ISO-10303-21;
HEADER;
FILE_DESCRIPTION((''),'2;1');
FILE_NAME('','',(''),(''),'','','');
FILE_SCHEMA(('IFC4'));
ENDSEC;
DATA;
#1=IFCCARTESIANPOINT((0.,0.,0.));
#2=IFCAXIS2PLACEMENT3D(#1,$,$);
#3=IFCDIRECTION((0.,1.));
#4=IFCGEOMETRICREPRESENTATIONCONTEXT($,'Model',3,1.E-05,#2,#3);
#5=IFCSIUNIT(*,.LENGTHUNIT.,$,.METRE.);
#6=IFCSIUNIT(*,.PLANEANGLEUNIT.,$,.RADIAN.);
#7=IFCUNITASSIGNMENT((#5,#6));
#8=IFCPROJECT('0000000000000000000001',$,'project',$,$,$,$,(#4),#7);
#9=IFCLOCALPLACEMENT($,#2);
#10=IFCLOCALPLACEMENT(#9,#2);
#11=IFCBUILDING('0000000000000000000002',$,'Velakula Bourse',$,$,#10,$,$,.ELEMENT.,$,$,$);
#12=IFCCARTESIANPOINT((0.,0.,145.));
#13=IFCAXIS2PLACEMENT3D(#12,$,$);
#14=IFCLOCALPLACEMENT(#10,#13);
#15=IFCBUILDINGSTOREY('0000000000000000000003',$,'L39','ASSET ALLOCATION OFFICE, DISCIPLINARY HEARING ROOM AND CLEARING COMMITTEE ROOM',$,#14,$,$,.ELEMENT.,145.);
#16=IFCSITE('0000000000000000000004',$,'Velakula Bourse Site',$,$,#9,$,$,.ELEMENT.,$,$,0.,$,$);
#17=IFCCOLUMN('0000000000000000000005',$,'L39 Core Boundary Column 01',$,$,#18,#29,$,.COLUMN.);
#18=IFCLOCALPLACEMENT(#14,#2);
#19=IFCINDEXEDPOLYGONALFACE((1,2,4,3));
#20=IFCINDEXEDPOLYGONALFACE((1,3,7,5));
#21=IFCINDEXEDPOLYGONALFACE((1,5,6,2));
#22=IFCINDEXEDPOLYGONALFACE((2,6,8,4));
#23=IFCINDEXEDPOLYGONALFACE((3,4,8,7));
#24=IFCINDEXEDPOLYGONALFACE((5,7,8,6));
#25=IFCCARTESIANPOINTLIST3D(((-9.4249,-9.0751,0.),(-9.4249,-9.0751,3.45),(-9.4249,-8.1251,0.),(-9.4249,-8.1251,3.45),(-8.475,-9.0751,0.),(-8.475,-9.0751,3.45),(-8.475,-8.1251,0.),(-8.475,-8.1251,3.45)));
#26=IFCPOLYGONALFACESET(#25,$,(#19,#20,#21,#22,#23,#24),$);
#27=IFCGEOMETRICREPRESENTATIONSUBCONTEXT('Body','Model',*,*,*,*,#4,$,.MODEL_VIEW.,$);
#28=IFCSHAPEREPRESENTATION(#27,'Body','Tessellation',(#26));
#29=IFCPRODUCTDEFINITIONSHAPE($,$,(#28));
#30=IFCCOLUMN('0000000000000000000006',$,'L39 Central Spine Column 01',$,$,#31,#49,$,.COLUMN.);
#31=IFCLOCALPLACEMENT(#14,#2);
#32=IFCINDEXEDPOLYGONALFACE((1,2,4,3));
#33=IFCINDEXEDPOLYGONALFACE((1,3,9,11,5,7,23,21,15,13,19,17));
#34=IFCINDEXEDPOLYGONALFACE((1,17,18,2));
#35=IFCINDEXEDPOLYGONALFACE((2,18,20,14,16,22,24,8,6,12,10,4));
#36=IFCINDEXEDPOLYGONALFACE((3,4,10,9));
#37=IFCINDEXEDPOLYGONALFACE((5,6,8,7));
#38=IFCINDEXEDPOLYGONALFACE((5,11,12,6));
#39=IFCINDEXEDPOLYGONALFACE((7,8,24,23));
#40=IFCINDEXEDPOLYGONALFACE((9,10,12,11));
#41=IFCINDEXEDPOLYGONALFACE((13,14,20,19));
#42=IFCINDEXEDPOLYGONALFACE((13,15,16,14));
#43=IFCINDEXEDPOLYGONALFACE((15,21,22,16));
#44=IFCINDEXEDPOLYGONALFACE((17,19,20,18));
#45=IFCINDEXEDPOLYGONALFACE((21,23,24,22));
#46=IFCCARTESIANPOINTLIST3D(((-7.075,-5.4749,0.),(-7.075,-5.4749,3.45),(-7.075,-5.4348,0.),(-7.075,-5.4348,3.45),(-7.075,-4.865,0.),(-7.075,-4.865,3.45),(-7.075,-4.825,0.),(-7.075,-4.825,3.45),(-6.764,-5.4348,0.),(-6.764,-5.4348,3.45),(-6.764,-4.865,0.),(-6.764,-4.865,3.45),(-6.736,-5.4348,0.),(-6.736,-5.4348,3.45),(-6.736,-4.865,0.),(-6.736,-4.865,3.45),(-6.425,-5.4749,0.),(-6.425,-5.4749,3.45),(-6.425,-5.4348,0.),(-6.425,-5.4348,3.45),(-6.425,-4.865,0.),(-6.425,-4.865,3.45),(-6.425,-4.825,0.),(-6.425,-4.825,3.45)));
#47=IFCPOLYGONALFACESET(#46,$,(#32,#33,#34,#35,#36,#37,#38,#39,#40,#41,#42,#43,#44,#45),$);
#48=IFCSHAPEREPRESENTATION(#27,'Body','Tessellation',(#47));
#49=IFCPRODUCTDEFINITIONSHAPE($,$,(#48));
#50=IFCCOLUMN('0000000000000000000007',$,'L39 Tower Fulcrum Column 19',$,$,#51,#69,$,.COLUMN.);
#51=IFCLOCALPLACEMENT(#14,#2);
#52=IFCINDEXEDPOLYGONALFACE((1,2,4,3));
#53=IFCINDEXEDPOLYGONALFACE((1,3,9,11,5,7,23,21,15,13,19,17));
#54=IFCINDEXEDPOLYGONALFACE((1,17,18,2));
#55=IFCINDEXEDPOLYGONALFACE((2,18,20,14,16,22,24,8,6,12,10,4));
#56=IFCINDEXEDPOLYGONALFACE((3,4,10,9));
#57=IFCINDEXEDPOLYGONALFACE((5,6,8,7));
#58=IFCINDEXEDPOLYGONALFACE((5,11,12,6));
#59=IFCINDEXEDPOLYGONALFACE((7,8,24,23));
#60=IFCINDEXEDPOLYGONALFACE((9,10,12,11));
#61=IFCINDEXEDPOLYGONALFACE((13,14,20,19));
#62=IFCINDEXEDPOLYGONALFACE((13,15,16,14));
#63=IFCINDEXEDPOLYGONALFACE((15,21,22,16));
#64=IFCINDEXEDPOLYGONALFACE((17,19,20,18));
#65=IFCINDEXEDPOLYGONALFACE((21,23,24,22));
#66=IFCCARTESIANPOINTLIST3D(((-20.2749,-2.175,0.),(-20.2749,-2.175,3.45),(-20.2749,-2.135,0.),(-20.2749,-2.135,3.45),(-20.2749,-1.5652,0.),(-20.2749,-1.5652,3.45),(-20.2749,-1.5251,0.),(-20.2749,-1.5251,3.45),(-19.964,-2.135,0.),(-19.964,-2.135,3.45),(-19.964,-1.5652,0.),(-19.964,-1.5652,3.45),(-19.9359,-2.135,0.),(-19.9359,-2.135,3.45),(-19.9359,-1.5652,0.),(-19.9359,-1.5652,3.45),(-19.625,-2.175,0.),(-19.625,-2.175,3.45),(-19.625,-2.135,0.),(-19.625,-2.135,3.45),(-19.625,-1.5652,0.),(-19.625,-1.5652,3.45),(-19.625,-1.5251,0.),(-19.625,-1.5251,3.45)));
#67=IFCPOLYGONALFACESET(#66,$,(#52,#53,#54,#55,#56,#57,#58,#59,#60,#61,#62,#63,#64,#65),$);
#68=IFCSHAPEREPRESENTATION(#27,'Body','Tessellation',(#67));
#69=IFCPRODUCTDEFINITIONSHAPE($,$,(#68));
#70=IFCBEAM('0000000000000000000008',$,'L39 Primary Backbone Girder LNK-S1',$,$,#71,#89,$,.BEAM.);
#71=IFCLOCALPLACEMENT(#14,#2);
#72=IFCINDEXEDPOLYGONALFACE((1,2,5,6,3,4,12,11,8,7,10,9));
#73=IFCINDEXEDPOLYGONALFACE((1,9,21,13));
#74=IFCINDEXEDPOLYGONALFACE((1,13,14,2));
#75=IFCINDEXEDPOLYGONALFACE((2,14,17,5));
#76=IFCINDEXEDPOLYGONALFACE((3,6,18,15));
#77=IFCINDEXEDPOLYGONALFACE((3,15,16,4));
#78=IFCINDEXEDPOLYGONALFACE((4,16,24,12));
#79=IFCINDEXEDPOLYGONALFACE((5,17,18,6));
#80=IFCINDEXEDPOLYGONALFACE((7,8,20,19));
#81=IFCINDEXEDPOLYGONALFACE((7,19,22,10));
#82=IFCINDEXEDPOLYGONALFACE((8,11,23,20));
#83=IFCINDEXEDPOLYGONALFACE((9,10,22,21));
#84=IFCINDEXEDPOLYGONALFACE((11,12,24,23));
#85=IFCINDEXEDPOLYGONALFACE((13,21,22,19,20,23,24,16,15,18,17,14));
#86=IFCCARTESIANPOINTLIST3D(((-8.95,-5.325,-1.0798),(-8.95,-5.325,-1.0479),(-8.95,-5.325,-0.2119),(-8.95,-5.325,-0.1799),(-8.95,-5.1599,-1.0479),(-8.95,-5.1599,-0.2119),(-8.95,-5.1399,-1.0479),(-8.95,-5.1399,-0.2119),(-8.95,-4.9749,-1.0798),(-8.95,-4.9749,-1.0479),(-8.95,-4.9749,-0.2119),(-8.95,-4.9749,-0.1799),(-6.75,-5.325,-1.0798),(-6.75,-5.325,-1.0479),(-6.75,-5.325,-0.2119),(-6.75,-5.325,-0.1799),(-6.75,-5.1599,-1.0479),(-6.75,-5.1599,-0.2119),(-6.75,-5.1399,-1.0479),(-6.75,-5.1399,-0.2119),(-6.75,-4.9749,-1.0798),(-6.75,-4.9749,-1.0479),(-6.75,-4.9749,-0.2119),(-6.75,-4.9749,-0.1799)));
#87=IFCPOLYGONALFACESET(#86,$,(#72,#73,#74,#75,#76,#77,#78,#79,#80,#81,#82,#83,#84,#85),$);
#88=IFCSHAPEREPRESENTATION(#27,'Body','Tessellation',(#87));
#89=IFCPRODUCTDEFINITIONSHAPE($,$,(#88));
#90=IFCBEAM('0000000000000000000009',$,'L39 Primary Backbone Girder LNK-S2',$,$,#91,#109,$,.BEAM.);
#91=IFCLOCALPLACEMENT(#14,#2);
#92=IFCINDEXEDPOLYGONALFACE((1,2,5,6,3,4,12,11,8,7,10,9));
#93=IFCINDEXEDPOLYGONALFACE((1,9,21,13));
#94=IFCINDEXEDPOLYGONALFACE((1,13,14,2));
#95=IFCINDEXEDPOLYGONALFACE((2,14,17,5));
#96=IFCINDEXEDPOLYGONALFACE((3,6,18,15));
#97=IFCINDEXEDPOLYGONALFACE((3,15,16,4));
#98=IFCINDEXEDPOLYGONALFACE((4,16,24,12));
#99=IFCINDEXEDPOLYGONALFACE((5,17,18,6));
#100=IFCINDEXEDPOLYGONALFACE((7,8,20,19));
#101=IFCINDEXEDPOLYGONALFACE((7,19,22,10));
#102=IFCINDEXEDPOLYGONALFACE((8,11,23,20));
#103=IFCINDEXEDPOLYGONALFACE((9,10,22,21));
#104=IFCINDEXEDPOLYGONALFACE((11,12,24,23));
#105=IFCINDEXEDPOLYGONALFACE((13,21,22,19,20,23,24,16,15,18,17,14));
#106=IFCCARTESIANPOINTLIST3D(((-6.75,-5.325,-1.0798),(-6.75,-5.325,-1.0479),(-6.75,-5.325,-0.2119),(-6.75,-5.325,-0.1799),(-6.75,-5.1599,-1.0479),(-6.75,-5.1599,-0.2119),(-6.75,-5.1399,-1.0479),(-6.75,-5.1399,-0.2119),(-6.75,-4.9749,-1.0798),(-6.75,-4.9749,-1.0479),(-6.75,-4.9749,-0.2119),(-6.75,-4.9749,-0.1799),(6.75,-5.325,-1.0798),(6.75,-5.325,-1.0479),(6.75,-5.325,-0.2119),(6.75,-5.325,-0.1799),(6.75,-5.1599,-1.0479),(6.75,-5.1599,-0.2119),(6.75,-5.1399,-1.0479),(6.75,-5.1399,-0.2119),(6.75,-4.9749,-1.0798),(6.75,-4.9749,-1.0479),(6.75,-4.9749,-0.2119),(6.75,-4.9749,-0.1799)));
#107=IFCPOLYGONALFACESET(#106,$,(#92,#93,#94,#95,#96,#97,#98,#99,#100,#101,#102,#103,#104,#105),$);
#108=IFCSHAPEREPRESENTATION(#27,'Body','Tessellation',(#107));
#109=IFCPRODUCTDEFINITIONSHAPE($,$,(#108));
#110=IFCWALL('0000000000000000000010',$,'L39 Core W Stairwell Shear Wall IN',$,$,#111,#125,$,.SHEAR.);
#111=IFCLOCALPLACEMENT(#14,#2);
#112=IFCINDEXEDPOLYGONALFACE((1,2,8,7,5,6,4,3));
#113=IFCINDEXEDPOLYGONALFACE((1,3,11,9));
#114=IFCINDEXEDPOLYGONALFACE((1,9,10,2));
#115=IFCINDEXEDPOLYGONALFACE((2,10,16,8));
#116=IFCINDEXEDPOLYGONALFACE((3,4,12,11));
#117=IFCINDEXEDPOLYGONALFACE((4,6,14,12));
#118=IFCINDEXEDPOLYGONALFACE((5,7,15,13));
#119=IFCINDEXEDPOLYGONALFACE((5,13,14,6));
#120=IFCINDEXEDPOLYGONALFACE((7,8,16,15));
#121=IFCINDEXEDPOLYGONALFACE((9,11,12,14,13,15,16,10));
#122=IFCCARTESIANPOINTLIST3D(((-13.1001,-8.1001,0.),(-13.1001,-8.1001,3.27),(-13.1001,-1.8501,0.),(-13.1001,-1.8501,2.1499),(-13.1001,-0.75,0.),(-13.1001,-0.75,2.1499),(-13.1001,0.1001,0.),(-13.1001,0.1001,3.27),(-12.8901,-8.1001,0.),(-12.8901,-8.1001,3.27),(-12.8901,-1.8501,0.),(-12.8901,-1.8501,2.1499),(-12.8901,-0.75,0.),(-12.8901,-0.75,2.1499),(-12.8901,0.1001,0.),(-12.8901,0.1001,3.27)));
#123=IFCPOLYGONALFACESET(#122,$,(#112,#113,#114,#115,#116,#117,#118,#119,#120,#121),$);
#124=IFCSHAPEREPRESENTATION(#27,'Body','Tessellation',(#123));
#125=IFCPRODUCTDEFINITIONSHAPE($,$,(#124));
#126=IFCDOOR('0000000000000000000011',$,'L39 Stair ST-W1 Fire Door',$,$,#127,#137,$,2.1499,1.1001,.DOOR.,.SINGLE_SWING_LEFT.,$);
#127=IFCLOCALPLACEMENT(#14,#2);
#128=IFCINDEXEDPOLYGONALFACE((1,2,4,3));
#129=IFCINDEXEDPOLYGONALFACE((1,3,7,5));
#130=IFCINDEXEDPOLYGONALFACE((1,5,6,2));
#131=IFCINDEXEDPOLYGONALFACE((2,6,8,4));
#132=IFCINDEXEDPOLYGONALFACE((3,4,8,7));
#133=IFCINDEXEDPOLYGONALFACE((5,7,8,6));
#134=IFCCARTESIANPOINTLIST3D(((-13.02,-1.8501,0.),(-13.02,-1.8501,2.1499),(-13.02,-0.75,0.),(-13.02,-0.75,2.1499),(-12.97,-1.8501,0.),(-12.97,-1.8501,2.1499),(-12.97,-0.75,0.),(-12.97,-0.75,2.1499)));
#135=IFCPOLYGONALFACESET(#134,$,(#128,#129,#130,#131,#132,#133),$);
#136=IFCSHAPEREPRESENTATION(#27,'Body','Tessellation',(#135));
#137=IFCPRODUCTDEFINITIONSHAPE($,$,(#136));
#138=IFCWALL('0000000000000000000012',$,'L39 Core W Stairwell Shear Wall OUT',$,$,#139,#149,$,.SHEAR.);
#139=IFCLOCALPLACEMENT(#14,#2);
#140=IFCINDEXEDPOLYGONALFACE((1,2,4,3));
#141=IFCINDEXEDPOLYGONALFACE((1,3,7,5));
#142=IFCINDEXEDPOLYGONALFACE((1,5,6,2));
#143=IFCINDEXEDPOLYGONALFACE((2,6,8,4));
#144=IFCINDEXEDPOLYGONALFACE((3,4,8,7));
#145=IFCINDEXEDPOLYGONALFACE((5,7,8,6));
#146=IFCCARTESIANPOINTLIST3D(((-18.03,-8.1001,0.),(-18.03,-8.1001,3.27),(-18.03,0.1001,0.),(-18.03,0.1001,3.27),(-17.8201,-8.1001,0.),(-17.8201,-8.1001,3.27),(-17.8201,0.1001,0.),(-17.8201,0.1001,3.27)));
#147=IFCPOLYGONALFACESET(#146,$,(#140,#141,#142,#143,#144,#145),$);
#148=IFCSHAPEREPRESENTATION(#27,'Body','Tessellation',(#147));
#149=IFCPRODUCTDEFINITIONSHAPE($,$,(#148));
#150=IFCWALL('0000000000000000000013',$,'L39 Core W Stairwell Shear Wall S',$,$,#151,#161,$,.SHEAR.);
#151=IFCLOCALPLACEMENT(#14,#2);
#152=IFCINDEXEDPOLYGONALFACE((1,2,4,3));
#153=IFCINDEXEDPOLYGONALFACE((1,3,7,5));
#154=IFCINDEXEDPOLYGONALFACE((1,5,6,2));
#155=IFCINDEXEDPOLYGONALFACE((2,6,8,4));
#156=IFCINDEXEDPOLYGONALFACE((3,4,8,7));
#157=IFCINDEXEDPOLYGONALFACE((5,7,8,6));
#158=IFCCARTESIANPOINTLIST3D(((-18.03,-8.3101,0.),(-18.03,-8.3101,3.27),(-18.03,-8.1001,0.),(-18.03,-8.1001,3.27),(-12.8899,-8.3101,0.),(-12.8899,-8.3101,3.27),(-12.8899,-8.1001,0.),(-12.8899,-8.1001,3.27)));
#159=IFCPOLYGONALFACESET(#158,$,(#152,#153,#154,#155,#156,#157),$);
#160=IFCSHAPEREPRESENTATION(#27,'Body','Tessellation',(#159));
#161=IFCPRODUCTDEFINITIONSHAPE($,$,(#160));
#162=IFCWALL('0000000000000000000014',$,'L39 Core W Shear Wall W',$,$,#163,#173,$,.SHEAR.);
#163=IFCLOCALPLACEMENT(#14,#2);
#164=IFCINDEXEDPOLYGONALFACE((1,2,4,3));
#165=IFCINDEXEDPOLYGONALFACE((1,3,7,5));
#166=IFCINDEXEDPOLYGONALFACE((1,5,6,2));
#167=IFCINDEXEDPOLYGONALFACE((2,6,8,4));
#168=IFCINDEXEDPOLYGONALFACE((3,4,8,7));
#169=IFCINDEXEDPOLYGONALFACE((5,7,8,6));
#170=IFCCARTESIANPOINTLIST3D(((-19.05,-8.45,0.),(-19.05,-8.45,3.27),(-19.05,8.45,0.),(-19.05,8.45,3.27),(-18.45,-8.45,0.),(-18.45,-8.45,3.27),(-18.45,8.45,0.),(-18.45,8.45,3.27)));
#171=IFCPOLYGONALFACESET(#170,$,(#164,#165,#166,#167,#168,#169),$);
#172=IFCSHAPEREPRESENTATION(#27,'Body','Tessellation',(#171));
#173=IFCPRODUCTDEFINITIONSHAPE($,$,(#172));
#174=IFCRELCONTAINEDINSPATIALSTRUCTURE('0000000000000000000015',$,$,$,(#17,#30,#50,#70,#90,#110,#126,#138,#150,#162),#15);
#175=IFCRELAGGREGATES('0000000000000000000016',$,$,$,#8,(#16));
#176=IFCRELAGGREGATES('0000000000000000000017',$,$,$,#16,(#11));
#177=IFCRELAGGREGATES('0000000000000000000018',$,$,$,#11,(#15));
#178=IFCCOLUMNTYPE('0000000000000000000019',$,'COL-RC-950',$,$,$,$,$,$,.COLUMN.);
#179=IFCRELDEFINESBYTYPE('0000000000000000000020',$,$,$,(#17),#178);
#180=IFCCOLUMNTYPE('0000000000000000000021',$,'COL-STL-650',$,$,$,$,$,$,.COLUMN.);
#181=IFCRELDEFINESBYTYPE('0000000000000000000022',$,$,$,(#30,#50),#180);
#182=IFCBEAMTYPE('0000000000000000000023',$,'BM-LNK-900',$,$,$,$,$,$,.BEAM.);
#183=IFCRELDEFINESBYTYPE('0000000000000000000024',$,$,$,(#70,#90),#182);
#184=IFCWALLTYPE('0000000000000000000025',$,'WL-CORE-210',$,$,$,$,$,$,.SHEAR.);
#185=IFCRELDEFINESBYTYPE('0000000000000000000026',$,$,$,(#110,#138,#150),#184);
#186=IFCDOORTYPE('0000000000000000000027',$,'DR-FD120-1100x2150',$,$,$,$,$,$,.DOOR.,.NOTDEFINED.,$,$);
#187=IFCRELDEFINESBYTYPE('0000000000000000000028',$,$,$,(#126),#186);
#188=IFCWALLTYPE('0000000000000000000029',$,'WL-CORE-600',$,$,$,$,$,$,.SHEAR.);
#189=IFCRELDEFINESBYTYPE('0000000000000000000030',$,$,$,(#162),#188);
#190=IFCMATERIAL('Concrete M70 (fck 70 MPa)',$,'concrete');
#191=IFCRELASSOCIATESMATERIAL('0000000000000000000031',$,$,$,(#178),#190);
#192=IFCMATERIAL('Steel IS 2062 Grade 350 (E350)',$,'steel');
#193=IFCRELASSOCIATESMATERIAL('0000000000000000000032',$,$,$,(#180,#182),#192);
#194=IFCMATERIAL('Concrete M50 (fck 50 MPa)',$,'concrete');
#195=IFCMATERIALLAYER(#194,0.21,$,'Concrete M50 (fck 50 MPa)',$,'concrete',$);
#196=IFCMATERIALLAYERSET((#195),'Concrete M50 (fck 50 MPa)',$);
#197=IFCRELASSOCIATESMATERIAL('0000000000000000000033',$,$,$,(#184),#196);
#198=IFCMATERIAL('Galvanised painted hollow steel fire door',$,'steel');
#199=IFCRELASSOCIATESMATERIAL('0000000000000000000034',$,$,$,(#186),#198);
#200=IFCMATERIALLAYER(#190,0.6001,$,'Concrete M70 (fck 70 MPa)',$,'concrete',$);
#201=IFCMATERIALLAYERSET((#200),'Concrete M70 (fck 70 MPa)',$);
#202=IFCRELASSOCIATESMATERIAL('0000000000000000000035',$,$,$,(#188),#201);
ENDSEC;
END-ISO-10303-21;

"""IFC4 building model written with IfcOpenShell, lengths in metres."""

from ifc_helpers import new_model, si_unit, direction, frame, frame_2d, origin, origin_2d, place, context, subcontext, project, spatial, rectangle, i_section, extrude, material, layer, layer_set, material_profile, profile_set, type_object, element, fill, save


model = new_model("IFC4")

# Units and contexts
model_context = context("Model", 3, precision=1e-05, world=origin(), true_north=direction((0.0, 1.0)))
body_context = subcontext(model_context, "Body", "Model", "MODEL_VIEW")
ifc_project = project(units=[si_unit("LENGTHUNIT", "METRE"), si_unit("PLANEANGLEUNIT", "RADIAN")], contexts=[model_context])

# Site, building, storey
site_placement = place(None, origin())
site = spatial("IfcSite", under=ifc_project, at=site_placement, Name="Velakula Bourse Site", CompositionType="ELEMENT", RefElevation=0.0)
building_placement = place(site_placement, origin())
building = spatial("IfcBuilding", under=site, at=building_placement, Name="Velakula Bourse", CompositionType="ELEMENT")
storey_placement = place(building_placement, frame((0.0, 0.0, 145.0)))
storey = spatial("IfcBuildingStorey", under=building, at=storey_placement, Name="L39", Description="ASSET ALLOCATION OFFICE, DISCIPLINARY HEARING ROOM AND CLEARING COMMITTEE ROOM", CompositionType="ELEMENT", Elevation=145.0)

# Columns
ifc_material_1 = material(Name="Concrete M70 (fck 70 MPa)", Category="concrete")
ifc_material_profile_1 = material_profile(ifc_material_1, rectangle(XDim=0.95, YDim=0.95, at=origin_2d()), Name="Concrete M70 (fck 70 MPa)")
ifc_profile_set_1 = profile_set([ifc_material_profile_1], Name="Concrete M70 (fck 70 MPa)")
column_type_1 = type_object("IfcColumnType", Name="COL-RC-950", PredefinedType="COLUMN", material=ifc_profile_set_1)
column_placement = place(storey_placement, frame((-8.95, -8.6001, 0.0), z_axis=(0.0, 0.0, 1.0), x_axis=(1.0, 0.0, 0.0)))
element("IfcColumn", 1, at=column_placement, inside=storey, type_object=column_type_1, Name="L39 Core Boundary Column 01", PredefinedType="COLUMN", context=body_context, shape_type="SweptSolid", body=[
    extrude(rectangle(XDim=0.95, YDim=0.95, at=origin_2d()), origin(), (0.0, 0.0, 1.0), 3.45),
])
ifc_material_2 = material(Name="Steel IS 2062 Grade 350 (E350)", Category="steel")
ifc_material_profile_2 = material_profile(ifc_material_2, i_section(OverallWidth=0.6499, OverallDepth=0.6499, WebThickness=0.0281, FlangeThickness=0.04, at=origin_2d()), Name="Steel IS 2062 Grade 350 (E350)")
ifc_profile_set_2 = profile_set([ifc_material_profile_2], Name="Steel IS 2062 Grade 350 (E350)")
column_type_2 = type_object("IfcColumnType", Name="COL-STL-650", PredefinedType="COLUMN", material=ifc_profile_set_2)
for number, where, z_axis, x_axis, name in (
    (2, (-6.75, -5.1499, 0.0), (0.0, 0.0, 1.0), (1.0, 0.0, 0.0), "L39 Central Spine Column 01"),
    (3, (-19.95, -1.8501, 0.0), (0.0, 0.0, 1.0), (1.0, 0.0, 0.0), "L39 Tower Fulcrum Column 19"),
):
    element("IfcColumn", number, at=place(storey_placement, frame(where, z_axis=z_axis, x_axis=x_axis)), inside=storey, type_object=column_type_2, Name=name, PredefinedType="COLUMN", context=body_context, shape_type="SweptSolid", body=[
        extrude(i_section(OverallWidth=0.6499, OverallDepth=0.6499, WebThickness=0.0281, FlangeThickness=0.04, at=origin_2d()), origin(), (0.0, 0.0, 1.0), 3.45),
    ])

# Beams
ifc_material_profile_3 = material_profile(ifc_material_2, i_section(OverallWidth=0.3501, OverallDepth=0.8999, WebThickness=0.02, FlangeThickness=0.032, at=origin_2d()), Name="Steel IS 2062 Grade 350 (E350)")
ifc_profile_set_3 = profile_set([ifc_material_profile_3], Name="Steel IS 2062 Grade 350 (E350)")
beam_type = type_object("IfcBeamType", Name="BM-LNK-900", PredefinedType="BEAM", material=ifc_profile_set_3)
beam_1_placement = place(storey_placement, frame((-8.95, -5.1499, -0.6299), z_axis=(1.0, 0.0, 0.0), x_axis=(0.0, 1.0, 0.0)))
element("IfcBeam", 4, at=beam_1_placement, inside=storey, type_object=beam_type, Name="L39 Primary Backbone Girder LNK-S1", PredefinedType="BEAM", context=body_context, shape_type="SweptSolid", body=[
    extrude(i_section(OverallWidth=0.3501, OverallDepth=0.8999, WebThickness=0.02, FlangeThickness=0.032, at=origin_2d()), origin(), (0.0, 0.0, 1.0), 2.2),
])
beam_2_placement = place(storey_placement, frame((-6.75, -5.1499, -0.6299), z_axis=(1.0, 0.0, 0.0), x_axis=(0.0, 1.0, 0.0)))
element("IfcBeam", 5, at=beam_2_placement, inside=storey, type_object=beam_type, Name="L39 Primary Backbone Girder LNK-S2", PredefinedType="BEAM", context=body_context, shape_type="SweptSolid", body=[
    extrude(i_section(OverallWidth=0.3501, OverallDepth=0.8999, WebThickness=0.02, FlangeThickness=0.032, at=origin_2d()), origin(), (0.0, 0.0, 1.0), 13.5),
])

# Wall, opening, door
ifc_material_3 = material(Name="Concrete M50 (fck 50 MPa)", Category="concrete")
ifc_layer_1 = layer(ifc_material_3, 0.21, Name="Concrete M50 (fck 50 MPa)", Category="concrete")
ifc_layer_set_1 = layer_set([ifc_layer_1], Name="Concrete M50 (fck 50 MPa)")
wall_type_1 = type_object("IfcWallType", Name="WL-CORE-210", PredefinedType="SHEAR", material=ifc_layer_set_1)
wall_1_placement = place(storey_placement, frame((-12.9951, -8.1001, 0.0), z_axis=(0.0, 0.0, 1.0), x_axis=(0.0, 1.0, 0.0)))
wall_1 = element("IfcWall", 6, at=wall_1_placement, inside=storey, type_object=wall_type_1, Name="L39 Core W Stairwell Shear Wall IN", PredefinedType="SHEAR", context=body_context, shape_type="SweptSolid", body=[
    extrude(rectangle(XDim=8.2002, YDim=0.21, at=frame_2d((4.1001, 0.0))), origin(), (0.0, 0.0, 1.0), 3.27),
])
opening_1_placement = place(wall_1_placement, frame((6.25, 0.0, 0.0)))
opening_1 = element("IfcOpeningElement", 7, at=opening_1_placement, cuts=wall_1, PredefinedType="OPENING", context=body_context, shape_type="SweptSolid", body=[
    extrude(rectangle(XDim=1.1001, YDim=2.1499, at=frame_2d((0.55, 1.075))), frame((0.0, 0.115, 0.0), z_axis=(0.0, -1.0, 0.0), x_axis=(1.0, 0.0, 0.0)), (0.0, 0.0, 1.0), 0.23),
])
ifc_material_4 = material(Name="Galvanised painted hollow steel fire door", Category="steel")
door_type_1 = type_object("IfcDoorType", Name="DR-FD120-1100x2150", OperationType="NOTDEFINED", PredefinedType="DOOR", material=ifc_material_4)
door_1_placement = place(opening_1_placement, origin())
door_1 = element("IfcDoor", 8, at=door_1_placement, inside=storey, type_object=door_type_1, Name="L39 Stair ST-W1 Fire Door", OperationType="SINGLE_SWING_LEFT", OverallHeight=2.1499, OverallWidth=1.1001, PredefinedType="DOOR", context=body_context, shape_type="SweptSolid", body=[
    extrude(rectangle(XDim=1.1001, YDim=2.1499, at=frame_2d((0.55, 1.075))), frame((0.0, 0.0249, 0.0), z_axis=(0.0, -1.0, 0.0), x_axis=(1.0, 0.0, 0.0)), (0.0, 0.0, 1.0), 0.05),
])
fill(opening_1, door_1)

# Walls
wall_2_placement = place(storey_placement, frame((-17.925, -8.1001, 0.0), z_axis=(0.0, 0.0, 1.0), x_axis=(0.0, 1.0, 0.0)))
element("IfcWall", 9, at=wall_2_placement, inside=storey, type_object=wall_type_1, Name="L39 Core W Stairwell Shear Wall OUT", PredefinedType="SHEAR", context=body_context, shape_type="SweptSolid", body=[
    extrude(rectangle(XDim=8.2002, YDim=0.21, at=frame_2d((4.1001, 0.0))), origin(), (0.0, 0.0, 1.0), 3.27),
])
wall_3_placement = place(storey_placement, frame((-18.03, -8.2051, 0.0), z_axis=(0.0, 0.0, 1.0), x_axis=(1.0, 0.0, 0.0)))
element("IfcWall", 10, at=wall_3_placement, inside=storey, type_object=wall_type_1, Name="L39 Core W Stairwell Shear Wall S", PredefinedType="SHEAR", context=body_context, shape_type="SweptSolid", body=[
    extrude(rectangle(XDim=5.1401, YDim=0.21, at=frame_2d((2.5701, 0.0))), origin(), (0.0, 0.0, 1.0), 3.27),
])
ifc_layer_2 = layer(ifc_material_1, 0.6001, Name="Concrete M70 (fck 70 MPa)", Category="concrete")
ifc_layer_set_2 = layer_set([ifc_layer_2], Name="Concrete M70 (fck 70 MPa)")
wall_type_2 = type_object("IfcWallType", Name="WL-CORE-600", PredefinedType="SHEAR", material=ifc_layer_set_2)
wall_4_placement = place(storey_placement, frame((-18.75, -8.45, 0.0), z_axis=(0.0, 0.0, 1.0), x_axis=(0.0, 1.0, 0.0)))
element("IfcWall", 11, at=wall_4_placement, inside=storey, type_object=wall_type_2, Name="L39 Core W Shear Wall W", PredefinedType="SHEAR", context=body_context, shape_type="SweptSolid", body=[
    extrude(rectangle(XDim=16.8999, YDim=0.6001, at=frame_2d((8.45, 0.0))), origin(), (0.0, 0.0, 1.0), 3.27),
])

save(model, "model.ifc")
